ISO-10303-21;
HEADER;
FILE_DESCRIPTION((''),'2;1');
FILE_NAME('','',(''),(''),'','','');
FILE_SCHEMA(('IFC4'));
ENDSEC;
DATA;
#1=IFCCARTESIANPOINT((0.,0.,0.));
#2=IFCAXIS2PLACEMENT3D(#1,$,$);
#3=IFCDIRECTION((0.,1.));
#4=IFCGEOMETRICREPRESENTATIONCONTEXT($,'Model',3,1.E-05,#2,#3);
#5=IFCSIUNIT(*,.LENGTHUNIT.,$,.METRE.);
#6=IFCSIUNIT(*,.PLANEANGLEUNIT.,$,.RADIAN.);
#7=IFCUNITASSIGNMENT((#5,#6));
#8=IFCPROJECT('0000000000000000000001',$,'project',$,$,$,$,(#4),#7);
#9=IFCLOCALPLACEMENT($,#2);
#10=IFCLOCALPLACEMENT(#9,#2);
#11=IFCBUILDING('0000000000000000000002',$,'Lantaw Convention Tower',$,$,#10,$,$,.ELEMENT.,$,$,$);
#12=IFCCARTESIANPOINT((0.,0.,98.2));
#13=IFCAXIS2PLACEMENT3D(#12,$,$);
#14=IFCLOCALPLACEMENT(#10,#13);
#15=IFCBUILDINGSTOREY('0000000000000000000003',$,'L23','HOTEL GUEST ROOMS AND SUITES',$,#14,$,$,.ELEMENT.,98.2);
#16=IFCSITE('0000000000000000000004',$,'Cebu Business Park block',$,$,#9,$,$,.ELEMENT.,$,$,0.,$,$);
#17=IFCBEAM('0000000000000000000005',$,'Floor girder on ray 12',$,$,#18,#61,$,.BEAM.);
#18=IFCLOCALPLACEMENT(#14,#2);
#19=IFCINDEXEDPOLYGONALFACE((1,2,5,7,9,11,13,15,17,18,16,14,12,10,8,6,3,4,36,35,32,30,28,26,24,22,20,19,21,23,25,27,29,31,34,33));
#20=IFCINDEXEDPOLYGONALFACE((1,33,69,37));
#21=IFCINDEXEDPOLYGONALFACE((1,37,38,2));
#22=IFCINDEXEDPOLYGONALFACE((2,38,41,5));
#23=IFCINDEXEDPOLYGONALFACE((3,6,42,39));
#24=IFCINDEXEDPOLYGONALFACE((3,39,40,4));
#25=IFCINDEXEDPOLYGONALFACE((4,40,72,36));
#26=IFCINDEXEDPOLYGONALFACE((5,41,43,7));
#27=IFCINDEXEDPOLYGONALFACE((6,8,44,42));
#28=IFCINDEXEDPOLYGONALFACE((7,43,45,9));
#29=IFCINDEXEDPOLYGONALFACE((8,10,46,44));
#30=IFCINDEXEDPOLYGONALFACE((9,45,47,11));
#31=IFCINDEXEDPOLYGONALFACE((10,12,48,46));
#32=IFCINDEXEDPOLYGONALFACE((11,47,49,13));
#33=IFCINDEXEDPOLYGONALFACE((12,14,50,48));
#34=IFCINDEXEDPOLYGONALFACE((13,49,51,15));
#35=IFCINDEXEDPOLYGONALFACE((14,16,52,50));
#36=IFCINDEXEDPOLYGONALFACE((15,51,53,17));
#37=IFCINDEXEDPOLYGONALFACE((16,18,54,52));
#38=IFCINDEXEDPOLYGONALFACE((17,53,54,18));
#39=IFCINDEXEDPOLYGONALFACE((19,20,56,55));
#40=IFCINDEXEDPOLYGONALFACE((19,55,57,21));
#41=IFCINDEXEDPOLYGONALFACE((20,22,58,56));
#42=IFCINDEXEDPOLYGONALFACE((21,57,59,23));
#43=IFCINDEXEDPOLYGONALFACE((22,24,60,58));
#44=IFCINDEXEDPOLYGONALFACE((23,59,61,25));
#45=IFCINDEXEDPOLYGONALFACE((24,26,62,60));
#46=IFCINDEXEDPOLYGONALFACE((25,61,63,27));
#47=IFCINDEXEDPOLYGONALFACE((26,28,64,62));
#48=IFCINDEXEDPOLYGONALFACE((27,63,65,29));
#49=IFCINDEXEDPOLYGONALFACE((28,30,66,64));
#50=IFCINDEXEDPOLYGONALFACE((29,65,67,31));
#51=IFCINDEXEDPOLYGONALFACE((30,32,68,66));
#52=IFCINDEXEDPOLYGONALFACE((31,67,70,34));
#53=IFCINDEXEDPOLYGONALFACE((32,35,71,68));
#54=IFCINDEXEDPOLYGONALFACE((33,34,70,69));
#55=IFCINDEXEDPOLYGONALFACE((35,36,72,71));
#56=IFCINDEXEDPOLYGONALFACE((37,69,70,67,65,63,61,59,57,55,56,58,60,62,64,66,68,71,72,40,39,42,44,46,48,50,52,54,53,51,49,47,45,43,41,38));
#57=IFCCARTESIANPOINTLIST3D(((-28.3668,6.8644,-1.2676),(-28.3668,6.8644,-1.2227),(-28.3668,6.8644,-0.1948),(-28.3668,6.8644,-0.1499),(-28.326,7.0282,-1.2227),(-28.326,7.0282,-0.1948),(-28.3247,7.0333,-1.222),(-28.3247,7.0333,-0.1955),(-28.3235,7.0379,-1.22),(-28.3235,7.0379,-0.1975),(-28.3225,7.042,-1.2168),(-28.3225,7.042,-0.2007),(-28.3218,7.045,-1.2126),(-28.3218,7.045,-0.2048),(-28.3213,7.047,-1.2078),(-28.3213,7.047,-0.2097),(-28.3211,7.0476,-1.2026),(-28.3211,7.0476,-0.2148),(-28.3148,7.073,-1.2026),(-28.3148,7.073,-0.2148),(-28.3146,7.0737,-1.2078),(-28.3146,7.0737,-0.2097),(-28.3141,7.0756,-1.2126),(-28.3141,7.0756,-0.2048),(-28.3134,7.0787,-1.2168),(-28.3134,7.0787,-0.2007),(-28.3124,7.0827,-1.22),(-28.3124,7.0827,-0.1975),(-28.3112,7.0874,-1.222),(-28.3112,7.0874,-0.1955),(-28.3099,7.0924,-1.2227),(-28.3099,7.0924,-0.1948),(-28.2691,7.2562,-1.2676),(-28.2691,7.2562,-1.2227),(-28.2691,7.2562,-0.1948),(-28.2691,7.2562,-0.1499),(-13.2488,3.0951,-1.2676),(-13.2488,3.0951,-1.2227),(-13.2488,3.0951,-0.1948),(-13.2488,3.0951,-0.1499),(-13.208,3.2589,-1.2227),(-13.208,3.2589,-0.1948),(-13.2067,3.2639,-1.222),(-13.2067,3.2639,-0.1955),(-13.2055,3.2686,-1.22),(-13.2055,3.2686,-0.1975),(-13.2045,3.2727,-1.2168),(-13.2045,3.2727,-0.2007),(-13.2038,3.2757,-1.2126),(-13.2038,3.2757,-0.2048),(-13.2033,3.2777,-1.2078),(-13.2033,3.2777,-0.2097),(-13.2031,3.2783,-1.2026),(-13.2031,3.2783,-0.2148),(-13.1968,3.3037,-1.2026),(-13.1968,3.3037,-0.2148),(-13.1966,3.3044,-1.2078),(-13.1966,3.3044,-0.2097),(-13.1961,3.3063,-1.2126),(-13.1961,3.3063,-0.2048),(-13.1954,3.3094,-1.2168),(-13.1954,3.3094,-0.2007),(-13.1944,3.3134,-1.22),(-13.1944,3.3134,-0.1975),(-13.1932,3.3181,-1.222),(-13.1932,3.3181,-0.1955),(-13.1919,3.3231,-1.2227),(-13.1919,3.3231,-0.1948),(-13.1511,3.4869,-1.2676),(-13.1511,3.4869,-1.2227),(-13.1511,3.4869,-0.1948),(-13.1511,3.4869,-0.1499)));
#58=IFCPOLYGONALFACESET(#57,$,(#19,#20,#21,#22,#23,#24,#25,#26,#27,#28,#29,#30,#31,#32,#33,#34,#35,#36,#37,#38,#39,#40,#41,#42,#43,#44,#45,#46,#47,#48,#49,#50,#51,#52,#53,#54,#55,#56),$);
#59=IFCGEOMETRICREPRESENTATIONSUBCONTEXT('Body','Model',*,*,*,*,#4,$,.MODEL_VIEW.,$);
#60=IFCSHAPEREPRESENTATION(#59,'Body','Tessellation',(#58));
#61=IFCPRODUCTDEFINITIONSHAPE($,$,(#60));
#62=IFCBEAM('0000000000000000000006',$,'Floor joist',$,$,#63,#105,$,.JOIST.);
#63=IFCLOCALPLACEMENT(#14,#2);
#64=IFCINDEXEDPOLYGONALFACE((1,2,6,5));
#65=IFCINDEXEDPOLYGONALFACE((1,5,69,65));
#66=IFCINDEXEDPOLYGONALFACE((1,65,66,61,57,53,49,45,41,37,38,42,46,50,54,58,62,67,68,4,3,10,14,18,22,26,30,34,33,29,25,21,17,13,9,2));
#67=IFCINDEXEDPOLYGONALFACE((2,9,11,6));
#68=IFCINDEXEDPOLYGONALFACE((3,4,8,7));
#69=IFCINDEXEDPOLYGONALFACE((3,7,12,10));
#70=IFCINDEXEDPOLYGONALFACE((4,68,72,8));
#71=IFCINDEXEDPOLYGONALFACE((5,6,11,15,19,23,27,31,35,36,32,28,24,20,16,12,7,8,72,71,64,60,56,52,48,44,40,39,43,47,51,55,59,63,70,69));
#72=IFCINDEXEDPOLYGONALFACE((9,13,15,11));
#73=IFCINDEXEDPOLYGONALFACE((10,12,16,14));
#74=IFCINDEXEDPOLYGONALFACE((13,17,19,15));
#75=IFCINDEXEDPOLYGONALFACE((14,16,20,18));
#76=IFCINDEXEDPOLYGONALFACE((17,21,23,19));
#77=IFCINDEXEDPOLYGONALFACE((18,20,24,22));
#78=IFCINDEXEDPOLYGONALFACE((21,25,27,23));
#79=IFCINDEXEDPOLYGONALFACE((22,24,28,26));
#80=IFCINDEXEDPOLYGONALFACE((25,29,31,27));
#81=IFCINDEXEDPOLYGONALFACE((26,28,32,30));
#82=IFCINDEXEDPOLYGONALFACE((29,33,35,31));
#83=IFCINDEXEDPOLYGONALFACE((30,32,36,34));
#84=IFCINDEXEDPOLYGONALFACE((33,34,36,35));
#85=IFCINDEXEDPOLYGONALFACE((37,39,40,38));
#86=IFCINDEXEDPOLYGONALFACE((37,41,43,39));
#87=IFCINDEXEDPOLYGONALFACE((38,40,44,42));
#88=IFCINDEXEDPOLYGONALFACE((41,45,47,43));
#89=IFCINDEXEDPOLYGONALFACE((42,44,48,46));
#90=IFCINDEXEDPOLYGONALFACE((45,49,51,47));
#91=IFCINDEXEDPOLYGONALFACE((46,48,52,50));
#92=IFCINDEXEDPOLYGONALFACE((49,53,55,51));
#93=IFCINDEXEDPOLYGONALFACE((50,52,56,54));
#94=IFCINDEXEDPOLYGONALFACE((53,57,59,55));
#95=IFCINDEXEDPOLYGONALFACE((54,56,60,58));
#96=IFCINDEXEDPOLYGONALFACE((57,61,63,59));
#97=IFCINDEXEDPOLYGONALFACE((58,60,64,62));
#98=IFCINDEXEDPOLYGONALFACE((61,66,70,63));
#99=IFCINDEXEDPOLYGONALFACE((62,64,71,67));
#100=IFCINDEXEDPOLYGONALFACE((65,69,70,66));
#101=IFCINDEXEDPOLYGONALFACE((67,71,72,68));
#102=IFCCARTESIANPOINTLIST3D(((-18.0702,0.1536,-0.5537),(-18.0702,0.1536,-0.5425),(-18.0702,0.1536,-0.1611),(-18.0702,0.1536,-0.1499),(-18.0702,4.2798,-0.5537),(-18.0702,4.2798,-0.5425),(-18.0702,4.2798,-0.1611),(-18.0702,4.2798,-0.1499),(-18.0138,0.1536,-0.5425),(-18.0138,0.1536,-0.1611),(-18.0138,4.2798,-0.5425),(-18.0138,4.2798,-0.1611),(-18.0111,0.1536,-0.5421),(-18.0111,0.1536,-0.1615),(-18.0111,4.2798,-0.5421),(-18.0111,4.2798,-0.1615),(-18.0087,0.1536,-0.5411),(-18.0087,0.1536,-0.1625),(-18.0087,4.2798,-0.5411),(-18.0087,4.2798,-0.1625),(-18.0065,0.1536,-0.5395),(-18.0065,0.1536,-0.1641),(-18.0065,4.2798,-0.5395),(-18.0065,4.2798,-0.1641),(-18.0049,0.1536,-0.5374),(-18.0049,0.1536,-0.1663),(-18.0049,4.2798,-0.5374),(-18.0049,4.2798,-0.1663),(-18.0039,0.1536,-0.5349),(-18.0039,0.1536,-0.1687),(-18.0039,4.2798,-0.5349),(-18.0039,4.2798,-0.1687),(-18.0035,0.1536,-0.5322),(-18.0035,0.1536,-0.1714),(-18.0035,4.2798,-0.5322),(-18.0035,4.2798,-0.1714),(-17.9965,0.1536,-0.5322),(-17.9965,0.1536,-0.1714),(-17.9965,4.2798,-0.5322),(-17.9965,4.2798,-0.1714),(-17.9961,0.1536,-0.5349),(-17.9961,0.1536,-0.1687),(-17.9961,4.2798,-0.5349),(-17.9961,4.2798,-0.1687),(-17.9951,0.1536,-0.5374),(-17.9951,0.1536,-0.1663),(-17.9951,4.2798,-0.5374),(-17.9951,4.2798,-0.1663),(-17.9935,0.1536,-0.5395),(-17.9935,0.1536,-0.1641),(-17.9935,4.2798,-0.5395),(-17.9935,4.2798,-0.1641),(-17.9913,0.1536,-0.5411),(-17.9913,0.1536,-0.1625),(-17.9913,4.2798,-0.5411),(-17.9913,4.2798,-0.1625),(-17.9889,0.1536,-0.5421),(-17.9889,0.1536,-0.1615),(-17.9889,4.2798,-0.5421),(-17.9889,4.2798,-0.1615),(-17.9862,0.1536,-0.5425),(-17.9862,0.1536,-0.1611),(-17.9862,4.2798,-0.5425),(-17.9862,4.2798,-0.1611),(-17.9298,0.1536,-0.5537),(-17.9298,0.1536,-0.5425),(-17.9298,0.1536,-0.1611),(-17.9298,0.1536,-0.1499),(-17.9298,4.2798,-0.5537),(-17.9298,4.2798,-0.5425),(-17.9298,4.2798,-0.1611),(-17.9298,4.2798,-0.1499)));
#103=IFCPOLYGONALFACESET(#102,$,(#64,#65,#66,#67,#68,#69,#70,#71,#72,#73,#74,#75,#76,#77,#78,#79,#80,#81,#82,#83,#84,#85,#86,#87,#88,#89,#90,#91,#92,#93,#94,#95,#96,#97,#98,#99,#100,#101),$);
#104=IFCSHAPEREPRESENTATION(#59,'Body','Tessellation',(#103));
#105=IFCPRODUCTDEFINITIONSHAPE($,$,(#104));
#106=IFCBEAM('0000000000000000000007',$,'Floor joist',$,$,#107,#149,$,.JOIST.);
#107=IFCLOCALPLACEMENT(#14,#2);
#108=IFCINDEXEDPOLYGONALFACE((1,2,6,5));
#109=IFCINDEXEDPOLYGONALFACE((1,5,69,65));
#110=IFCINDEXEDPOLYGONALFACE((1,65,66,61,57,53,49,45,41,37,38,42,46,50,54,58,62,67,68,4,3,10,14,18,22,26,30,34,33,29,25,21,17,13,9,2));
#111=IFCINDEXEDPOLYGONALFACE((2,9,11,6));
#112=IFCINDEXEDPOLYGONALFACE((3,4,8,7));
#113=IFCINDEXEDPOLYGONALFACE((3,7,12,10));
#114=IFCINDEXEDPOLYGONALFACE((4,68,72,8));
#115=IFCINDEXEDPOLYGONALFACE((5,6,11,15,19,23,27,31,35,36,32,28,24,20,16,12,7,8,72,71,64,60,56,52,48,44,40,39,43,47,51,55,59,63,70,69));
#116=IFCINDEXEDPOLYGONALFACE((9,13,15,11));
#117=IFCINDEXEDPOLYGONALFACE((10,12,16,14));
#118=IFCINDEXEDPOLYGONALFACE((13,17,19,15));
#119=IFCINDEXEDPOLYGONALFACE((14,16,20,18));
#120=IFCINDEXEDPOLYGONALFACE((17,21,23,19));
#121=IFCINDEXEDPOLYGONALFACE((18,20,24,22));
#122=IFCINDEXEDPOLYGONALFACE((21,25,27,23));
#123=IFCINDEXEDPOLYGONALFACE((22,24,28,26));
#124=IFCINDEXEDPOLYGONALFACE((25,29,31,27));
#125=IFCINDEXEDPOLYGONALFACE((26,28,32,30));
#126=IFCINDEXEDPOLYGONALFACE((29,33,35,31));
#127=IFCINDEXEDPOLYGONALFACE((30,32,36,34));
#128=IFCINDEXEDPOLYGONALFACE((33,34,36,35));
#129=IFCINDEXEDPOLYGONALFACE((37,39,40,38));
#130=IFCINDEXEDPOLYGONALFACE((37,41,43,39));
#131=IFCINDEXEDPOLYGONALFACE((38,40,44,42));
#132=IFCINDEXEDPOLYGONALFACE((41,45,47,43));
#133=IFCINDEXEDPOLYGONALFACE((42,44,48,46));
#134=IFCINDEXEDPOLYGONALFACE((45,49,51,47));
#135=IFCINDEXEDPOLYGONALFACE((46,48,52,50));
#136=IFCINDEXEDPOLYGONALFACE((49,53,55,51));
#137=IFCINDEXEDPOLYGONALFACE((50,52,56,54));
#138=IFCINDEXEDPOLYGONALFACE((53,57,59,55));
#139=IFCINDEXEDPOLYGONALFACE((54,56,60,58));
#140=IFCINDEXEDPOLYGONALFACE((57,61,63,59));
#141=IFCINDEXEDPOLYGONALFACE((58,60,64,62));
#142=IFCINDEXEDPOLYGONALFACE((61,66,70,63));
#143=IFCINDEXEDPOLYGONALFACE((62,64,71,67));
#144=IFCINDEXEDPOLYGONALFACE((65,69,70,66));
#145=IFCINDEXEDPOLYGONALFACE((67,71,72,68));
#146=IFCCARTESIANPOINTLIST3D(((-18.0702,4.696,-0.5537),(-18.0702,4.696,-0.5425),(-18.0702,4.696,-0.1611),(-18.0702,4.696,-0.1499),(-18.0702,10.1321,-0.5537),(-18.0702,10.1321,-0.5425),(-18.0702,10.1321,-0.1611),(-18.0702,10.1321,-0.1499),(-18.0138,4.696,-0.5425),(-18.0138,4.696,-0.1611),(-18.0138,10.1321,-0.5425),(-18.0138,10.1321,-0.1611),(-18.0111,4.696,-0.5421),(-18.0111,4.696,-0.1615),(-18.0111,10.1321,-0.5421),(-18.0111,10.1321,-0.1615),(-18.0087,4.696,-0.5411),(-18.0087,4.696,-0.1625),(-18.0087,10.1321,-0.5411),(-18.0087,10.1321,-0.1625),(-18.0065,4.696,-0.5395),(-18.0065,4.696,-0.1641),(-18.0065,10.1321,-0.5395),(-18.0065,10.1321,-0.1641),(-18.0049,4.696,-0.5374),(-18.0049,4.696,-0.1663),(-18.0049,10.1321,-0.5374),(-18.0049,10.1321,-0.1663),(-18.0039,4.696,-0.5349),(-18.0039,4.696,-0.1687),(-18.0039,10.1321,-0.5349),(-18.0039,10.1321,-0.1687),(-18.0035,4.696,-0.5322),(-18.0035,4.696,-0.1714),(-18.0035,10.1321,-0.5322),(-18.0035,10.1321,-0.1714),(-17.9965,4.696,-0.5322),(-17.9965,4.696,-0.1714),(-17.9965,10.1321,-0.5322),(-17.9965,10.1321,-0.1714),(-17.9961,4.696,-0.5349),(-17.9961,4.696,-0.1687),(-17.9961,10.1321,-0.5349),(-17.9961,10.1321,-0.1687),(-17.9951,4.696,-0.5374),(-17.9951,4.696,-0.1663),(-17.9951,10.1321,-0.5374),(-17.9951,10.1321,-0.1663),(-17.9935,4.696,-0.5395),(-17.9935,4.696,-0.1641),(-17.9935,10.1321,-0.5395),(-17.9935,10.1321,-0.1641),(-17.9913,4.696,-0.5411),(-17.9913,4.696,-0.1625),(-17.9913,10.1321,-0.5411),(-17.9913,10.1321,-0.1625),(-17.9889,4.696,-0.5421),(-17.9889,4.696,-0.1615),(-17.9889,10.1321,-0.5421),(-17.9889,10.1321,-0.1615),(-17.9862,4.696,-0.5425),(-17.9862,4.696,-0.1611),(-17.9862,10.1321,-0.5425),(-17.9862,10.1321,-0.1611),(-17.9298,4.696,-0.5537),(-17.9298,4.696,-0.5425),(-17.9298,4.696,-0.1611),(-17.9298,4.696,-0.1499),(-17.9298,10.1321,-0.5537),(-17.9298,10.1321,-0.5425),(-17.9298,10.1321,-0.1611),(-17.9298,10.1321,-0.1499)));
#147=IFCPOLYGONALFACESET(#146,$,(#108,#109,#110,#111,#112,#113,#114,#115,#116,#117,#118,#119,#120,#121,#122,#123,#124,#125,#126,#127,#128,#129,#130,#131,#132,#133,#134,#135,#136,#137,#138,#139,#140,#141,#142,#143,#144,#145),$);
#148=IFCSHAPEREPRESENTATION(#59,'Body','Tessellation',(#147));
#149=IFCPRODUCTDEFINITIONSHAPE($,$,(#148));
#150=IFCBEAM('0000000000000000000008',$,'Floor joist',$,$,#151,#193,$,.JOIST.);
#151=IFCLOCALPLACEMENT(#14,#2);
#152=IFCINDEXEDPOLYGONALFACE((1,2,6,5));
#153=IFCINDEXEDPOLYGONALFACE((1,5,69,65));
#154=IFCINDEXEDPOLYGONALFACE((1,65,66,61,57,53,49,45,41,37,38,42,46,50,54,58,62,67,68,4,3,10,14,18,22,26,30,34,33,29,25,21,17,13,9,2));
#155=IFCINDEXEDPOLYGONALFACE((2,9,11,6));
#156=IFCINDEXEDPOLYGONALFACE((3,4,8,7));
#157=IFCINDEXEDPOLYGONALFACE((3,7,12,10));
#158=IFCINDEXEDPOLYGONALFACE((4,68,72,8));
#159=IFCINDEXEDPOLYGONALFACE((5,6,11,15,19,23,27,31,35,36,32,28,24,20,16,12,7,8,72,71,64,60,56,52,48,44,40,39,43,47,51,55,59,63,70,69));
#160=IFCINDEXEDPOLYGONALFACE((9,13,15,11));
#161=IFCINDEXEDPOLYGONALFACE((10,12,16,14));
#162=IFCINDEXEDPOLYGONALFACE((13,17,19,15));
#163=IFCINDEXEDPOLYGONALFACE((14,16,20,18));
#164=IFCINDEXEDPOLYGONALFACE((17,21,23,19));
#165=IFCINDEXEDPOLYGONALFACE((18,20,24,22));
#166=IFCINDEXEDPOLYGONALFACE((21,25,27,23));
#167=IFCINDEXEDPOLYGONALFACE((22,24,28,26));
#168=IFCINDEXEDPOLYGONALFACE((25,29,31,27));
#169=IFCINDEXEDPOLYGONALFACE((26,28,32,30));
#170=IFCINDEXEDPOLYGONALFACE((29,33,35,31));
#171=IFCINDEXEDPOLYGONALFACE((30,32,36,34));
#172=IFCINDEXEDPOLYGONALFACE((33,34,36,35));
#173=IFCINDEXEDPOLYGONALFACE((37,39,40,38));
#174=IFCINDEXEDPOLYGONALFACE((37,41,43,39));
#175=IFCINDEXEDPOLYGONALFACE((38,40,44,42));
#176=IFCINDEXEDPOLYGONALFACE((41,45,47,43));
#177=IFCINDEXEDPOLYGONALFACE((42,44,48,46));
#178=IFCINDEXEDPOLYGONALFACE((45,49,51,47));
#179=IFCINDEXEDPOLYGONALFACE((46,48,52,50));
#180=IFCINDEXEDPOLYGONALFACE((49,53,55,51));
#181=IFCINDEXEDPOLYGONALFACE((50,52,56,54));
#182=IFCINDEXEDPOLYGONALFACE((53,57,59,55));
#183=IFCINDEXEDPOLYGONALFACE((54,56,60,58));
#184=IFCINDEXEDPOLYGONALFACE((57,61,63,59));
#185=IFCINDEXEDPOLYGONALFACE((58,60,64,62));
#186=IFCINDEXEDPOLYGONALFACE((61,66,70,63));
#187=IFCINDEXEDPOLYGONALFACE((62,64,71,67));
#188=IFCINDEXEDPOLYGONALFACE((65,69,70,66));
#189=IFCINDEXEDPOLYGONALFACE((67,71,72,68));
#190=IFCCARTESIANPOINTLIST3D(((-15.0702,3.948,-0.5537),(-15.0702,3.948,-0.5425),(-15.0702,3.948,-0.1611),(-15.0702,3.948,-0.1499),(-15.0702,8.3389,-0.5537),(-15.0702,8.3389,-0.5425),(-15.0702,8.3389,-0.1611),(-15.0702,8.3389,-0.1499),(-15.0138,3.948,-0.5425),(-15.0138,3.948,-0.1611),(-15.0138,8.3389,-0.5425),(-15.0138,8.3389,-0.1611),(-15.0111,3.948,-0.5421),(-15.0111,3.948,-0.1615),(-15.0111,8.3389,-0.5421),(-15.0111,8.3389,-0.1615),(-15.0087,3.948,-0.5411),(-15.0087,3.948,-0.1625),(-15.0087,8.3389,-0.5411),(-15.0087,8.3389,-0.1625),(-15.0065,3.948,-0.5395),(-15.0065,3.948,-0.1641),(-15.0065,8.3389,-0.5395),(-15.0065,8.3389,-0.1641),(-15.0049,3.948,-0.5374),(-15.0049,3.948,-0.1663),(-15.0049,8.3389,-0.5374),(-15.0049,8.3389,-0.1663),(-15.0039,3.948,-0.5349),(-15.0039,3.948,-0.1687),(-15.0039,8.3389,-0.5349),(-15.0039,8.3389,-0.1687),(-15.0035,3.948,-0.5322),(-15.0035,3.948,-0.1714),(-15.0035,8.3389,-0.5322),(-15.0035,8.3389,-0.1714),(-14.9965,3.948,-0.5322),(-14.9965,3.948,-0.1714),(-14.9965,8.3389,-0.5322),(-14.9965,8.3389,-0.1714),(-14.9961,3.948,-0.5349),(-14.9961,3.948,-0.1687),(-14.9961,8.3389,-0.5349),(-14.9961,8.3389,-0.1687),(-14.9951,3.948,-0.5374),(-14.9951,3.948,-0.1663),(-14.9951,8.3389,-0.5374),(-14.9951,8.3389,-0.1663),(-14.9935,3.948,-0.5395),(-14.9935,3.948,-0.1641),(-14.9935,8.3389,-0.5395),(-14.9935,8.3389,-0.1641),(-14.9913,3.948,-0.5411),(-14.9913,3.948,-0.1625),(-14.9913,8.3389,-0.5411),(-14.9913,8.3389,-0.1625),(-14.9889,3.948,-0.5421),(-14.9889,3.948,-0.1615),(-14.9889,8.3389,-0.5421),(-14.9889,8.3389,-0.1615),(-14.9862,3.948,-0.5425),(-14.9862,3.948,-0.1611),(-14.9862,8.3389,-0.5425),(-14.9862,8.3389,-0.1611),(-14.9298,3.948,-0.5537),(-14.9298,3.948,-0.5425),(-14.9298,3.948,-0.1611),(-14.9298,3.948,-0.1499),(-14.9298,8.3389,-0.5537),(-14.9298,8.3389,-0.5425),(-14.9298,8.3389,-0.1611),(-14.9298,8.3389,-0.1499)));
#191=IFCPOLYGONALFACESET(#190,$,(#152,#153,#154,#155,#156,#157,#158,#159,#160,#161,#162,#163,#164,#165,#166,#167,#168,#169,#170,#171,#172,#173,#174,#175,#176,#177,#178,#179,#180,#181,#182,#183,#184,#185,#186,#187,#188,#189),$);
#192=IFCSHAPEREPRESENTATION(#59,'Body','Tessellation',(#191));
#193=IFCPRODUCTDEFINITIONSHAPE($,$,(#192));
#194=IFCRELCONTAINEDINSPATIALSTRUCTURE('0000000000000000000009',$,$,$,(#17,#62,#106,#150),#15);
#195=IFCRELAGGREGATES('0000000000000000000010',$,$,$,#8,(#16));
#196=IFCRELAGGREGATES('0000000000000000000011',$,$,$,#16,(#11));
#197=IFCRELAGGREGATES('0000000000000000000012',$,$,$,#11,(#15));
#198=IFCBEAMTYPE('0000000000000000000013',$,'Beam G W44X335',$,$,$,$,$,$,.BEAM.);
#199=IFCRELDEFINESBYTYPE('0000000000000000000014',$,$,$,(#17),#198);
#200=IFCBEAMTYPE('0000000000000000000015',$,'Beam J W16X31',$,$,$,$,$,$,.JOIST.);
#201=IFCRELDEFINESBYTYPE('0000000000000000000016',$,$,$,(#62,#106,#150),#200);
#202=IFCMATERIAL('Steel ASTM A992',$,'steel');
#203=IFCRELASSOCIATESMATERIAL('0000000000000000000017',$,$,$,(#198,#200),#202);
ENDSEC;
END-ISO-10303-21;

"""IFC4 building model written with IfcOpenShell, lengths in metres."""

from ifc_helpers import new_model, si_unit, direction, frame, origin, origin_2d, place, context, subcontext, project, spatial, i_section, extrude, material, material_profile, profile_set, type_object, element, save


model = new_model("IFC4")

# Units and contexts
model_context = context("Model", 3, precision=1e-05, world=origin(), true_north=direction((0.0, 1.0)))
body_context = subcontext(model_context, "Body", "Model", "MODEL_VIEW")
ifc_project = project(units=[si_unit("LENGTHUNIT", "METRE"), si_unit("PLANEANGLEUNIT", "RADIAN")], contexts=[model_context])

# Site, building, storey
site_placement = place(None, origin())
site = spatial("IfcSite", under=ifc_project, at=site_placement, Name="Cebu Business Park block", CompositionType="ELEMENT", RefElevation=0.0)
building_placement = place(site_placement, origin())
building = spatial("IfcBuilding", under=site, at=building_placement, Name="Lantaw Convention Tower", CompositionType="ELEMENT")
storey_placement = place(building_placement, frame((0.0, 0.0, 98.2)))
storey = spatial("IfcBuildingStorey", under=building, at=storey_placement, Name="L23", Description="HOTEL GUEST ROOMS AND SUITES", CompositionType="ELEMENT", Elevation=98.2)

# Beams
ifc_material_1 = material(Name="Steel ASTM A992", Category="steel")
ifc_material_profile_1 = material_profile(ifc_material_1, i_section(OverallWidth=0.4038, OverallDepth=1.1177, WebThickness=0.0261, FlangeThickness=0.0449, FilletRadius=0.02, at=origin_2d()), Name="W44X335")
ifc_profile_set_1 = profile_set([ifc_material_profile_1], Name="Steel ASTM A992")
beam_type_1 = type_object("IfcBeamType", Name="Beam G W44X335", PredefinedType="BEAM", material=ifc_profile_set_1)
beam_1_placement = place(storey_placement, frame((-13.2, 3.291, -0.7087), z_axis=(-0.970296, 0.24192, 0.0), x_axis=(-0.24192, -0.970296, 0.0)))
element("IfcBeam", 1, at=beam_1_placement, inside=storey, type_object=beam_type_1, Name="Floor girder on ray 12", PredefinedType="BEAM", context=body_context, shape_type="SweptSolid", body=[
    extrude(i_section(OverallWidth=0.4038, OverallDepth=1.1177, WebThickness=0.0261, FlangeThickness=0.0449, FilletRadius=0.02, at=origin_2d()), origin(), (0.0, 0.0, 1.0), 15.5808),
])
ifc_material_profile_2 = material_profile(ifc_material_1, i_section(OverallWidth=0.1404, OverallDepth=0.4038, WebThickness=0.0071, FlangeThickness=0.0112, FilletRadius=0.0103, at=origin_2d()), Name="W16X31")
ifc_profile_set_2 = profile_set([ifc_material_profile_2], Name="Steel ASTM A992")
beam_type_2 = type_object("IfcBeamType", Name="Beam J W16X31", PredefinedType="JOIST", material=ifc_profile_set_2)
beam_2_placement = place(storey_placement, frame((-18.0, 0.1536, -0.3518), z_axis=(0.0, 1.0, 0.0), x_axis=(-1.0, 0.0, 0.0)))
element("IfcBeam", 2, at=beam_2_placement, inside=storey, type_object=beam_type_2, Name="Floor joist", PredefinedType="JOIST", context=body_context, shape_type="SweptSolid", body=[
    extrude(i_section(OverallWidth=0.1404, OverallDepth=0.4038, WebThickness=0.0071, FlangeThickness=0.0112, FilletRadius=0.0103, at=origin_2d()), origin(), (0.0, 0.0, 1.0), 4.1262),
])
beam_3_placement = place(storey_placement, frame((-18.0, 4.696, -0.3518), z_axis=(0.0, 1.0, 0.0), x_axis=(-1.0, 0.0, 0.0)))
element("IfcBeam", 3, at=beam_3_placement, inside=storey, type_object=beam_type_2, Name="Floor joist", PredefinedType="JOIST", context=body_context, shape_type="SweptSolid", body=[
    extrude(i_section(OverallWidth=0.1404, OverallDepth=0.4038, WebThickness=0.0071, FlangeThickness=0.0112, FilletRadius=0.0103, at=origin_2d()), origin(), (0.0, 0.0, 1.0), 5.436),
])
beam_4_placement = place(storey_placement, frame((-15.0, 3.948, -0.3518), z_axis=(0.0, 1.0, 0.0), x_axis=(-1.0, 0.0, 0.0)))
element("IfcBeam", 4, at=beam_4_placement, inside=storey, type_object=beam_type_2, Name="Floor joist", PredefinedType="JOIST", context=body_context, shape_type="SweptSolid", body=[
    extrude(i_section(OverallWidth=0.1404, OverallDepth=0.4038, WebThickness=0.0071, FlangeThickness=0.0112, FilletRadius=0.0103, at=origin_2d()), origin(), (0.0, 0.0, 1.0), 4.3909),
])

save(model, "model.ifc")
